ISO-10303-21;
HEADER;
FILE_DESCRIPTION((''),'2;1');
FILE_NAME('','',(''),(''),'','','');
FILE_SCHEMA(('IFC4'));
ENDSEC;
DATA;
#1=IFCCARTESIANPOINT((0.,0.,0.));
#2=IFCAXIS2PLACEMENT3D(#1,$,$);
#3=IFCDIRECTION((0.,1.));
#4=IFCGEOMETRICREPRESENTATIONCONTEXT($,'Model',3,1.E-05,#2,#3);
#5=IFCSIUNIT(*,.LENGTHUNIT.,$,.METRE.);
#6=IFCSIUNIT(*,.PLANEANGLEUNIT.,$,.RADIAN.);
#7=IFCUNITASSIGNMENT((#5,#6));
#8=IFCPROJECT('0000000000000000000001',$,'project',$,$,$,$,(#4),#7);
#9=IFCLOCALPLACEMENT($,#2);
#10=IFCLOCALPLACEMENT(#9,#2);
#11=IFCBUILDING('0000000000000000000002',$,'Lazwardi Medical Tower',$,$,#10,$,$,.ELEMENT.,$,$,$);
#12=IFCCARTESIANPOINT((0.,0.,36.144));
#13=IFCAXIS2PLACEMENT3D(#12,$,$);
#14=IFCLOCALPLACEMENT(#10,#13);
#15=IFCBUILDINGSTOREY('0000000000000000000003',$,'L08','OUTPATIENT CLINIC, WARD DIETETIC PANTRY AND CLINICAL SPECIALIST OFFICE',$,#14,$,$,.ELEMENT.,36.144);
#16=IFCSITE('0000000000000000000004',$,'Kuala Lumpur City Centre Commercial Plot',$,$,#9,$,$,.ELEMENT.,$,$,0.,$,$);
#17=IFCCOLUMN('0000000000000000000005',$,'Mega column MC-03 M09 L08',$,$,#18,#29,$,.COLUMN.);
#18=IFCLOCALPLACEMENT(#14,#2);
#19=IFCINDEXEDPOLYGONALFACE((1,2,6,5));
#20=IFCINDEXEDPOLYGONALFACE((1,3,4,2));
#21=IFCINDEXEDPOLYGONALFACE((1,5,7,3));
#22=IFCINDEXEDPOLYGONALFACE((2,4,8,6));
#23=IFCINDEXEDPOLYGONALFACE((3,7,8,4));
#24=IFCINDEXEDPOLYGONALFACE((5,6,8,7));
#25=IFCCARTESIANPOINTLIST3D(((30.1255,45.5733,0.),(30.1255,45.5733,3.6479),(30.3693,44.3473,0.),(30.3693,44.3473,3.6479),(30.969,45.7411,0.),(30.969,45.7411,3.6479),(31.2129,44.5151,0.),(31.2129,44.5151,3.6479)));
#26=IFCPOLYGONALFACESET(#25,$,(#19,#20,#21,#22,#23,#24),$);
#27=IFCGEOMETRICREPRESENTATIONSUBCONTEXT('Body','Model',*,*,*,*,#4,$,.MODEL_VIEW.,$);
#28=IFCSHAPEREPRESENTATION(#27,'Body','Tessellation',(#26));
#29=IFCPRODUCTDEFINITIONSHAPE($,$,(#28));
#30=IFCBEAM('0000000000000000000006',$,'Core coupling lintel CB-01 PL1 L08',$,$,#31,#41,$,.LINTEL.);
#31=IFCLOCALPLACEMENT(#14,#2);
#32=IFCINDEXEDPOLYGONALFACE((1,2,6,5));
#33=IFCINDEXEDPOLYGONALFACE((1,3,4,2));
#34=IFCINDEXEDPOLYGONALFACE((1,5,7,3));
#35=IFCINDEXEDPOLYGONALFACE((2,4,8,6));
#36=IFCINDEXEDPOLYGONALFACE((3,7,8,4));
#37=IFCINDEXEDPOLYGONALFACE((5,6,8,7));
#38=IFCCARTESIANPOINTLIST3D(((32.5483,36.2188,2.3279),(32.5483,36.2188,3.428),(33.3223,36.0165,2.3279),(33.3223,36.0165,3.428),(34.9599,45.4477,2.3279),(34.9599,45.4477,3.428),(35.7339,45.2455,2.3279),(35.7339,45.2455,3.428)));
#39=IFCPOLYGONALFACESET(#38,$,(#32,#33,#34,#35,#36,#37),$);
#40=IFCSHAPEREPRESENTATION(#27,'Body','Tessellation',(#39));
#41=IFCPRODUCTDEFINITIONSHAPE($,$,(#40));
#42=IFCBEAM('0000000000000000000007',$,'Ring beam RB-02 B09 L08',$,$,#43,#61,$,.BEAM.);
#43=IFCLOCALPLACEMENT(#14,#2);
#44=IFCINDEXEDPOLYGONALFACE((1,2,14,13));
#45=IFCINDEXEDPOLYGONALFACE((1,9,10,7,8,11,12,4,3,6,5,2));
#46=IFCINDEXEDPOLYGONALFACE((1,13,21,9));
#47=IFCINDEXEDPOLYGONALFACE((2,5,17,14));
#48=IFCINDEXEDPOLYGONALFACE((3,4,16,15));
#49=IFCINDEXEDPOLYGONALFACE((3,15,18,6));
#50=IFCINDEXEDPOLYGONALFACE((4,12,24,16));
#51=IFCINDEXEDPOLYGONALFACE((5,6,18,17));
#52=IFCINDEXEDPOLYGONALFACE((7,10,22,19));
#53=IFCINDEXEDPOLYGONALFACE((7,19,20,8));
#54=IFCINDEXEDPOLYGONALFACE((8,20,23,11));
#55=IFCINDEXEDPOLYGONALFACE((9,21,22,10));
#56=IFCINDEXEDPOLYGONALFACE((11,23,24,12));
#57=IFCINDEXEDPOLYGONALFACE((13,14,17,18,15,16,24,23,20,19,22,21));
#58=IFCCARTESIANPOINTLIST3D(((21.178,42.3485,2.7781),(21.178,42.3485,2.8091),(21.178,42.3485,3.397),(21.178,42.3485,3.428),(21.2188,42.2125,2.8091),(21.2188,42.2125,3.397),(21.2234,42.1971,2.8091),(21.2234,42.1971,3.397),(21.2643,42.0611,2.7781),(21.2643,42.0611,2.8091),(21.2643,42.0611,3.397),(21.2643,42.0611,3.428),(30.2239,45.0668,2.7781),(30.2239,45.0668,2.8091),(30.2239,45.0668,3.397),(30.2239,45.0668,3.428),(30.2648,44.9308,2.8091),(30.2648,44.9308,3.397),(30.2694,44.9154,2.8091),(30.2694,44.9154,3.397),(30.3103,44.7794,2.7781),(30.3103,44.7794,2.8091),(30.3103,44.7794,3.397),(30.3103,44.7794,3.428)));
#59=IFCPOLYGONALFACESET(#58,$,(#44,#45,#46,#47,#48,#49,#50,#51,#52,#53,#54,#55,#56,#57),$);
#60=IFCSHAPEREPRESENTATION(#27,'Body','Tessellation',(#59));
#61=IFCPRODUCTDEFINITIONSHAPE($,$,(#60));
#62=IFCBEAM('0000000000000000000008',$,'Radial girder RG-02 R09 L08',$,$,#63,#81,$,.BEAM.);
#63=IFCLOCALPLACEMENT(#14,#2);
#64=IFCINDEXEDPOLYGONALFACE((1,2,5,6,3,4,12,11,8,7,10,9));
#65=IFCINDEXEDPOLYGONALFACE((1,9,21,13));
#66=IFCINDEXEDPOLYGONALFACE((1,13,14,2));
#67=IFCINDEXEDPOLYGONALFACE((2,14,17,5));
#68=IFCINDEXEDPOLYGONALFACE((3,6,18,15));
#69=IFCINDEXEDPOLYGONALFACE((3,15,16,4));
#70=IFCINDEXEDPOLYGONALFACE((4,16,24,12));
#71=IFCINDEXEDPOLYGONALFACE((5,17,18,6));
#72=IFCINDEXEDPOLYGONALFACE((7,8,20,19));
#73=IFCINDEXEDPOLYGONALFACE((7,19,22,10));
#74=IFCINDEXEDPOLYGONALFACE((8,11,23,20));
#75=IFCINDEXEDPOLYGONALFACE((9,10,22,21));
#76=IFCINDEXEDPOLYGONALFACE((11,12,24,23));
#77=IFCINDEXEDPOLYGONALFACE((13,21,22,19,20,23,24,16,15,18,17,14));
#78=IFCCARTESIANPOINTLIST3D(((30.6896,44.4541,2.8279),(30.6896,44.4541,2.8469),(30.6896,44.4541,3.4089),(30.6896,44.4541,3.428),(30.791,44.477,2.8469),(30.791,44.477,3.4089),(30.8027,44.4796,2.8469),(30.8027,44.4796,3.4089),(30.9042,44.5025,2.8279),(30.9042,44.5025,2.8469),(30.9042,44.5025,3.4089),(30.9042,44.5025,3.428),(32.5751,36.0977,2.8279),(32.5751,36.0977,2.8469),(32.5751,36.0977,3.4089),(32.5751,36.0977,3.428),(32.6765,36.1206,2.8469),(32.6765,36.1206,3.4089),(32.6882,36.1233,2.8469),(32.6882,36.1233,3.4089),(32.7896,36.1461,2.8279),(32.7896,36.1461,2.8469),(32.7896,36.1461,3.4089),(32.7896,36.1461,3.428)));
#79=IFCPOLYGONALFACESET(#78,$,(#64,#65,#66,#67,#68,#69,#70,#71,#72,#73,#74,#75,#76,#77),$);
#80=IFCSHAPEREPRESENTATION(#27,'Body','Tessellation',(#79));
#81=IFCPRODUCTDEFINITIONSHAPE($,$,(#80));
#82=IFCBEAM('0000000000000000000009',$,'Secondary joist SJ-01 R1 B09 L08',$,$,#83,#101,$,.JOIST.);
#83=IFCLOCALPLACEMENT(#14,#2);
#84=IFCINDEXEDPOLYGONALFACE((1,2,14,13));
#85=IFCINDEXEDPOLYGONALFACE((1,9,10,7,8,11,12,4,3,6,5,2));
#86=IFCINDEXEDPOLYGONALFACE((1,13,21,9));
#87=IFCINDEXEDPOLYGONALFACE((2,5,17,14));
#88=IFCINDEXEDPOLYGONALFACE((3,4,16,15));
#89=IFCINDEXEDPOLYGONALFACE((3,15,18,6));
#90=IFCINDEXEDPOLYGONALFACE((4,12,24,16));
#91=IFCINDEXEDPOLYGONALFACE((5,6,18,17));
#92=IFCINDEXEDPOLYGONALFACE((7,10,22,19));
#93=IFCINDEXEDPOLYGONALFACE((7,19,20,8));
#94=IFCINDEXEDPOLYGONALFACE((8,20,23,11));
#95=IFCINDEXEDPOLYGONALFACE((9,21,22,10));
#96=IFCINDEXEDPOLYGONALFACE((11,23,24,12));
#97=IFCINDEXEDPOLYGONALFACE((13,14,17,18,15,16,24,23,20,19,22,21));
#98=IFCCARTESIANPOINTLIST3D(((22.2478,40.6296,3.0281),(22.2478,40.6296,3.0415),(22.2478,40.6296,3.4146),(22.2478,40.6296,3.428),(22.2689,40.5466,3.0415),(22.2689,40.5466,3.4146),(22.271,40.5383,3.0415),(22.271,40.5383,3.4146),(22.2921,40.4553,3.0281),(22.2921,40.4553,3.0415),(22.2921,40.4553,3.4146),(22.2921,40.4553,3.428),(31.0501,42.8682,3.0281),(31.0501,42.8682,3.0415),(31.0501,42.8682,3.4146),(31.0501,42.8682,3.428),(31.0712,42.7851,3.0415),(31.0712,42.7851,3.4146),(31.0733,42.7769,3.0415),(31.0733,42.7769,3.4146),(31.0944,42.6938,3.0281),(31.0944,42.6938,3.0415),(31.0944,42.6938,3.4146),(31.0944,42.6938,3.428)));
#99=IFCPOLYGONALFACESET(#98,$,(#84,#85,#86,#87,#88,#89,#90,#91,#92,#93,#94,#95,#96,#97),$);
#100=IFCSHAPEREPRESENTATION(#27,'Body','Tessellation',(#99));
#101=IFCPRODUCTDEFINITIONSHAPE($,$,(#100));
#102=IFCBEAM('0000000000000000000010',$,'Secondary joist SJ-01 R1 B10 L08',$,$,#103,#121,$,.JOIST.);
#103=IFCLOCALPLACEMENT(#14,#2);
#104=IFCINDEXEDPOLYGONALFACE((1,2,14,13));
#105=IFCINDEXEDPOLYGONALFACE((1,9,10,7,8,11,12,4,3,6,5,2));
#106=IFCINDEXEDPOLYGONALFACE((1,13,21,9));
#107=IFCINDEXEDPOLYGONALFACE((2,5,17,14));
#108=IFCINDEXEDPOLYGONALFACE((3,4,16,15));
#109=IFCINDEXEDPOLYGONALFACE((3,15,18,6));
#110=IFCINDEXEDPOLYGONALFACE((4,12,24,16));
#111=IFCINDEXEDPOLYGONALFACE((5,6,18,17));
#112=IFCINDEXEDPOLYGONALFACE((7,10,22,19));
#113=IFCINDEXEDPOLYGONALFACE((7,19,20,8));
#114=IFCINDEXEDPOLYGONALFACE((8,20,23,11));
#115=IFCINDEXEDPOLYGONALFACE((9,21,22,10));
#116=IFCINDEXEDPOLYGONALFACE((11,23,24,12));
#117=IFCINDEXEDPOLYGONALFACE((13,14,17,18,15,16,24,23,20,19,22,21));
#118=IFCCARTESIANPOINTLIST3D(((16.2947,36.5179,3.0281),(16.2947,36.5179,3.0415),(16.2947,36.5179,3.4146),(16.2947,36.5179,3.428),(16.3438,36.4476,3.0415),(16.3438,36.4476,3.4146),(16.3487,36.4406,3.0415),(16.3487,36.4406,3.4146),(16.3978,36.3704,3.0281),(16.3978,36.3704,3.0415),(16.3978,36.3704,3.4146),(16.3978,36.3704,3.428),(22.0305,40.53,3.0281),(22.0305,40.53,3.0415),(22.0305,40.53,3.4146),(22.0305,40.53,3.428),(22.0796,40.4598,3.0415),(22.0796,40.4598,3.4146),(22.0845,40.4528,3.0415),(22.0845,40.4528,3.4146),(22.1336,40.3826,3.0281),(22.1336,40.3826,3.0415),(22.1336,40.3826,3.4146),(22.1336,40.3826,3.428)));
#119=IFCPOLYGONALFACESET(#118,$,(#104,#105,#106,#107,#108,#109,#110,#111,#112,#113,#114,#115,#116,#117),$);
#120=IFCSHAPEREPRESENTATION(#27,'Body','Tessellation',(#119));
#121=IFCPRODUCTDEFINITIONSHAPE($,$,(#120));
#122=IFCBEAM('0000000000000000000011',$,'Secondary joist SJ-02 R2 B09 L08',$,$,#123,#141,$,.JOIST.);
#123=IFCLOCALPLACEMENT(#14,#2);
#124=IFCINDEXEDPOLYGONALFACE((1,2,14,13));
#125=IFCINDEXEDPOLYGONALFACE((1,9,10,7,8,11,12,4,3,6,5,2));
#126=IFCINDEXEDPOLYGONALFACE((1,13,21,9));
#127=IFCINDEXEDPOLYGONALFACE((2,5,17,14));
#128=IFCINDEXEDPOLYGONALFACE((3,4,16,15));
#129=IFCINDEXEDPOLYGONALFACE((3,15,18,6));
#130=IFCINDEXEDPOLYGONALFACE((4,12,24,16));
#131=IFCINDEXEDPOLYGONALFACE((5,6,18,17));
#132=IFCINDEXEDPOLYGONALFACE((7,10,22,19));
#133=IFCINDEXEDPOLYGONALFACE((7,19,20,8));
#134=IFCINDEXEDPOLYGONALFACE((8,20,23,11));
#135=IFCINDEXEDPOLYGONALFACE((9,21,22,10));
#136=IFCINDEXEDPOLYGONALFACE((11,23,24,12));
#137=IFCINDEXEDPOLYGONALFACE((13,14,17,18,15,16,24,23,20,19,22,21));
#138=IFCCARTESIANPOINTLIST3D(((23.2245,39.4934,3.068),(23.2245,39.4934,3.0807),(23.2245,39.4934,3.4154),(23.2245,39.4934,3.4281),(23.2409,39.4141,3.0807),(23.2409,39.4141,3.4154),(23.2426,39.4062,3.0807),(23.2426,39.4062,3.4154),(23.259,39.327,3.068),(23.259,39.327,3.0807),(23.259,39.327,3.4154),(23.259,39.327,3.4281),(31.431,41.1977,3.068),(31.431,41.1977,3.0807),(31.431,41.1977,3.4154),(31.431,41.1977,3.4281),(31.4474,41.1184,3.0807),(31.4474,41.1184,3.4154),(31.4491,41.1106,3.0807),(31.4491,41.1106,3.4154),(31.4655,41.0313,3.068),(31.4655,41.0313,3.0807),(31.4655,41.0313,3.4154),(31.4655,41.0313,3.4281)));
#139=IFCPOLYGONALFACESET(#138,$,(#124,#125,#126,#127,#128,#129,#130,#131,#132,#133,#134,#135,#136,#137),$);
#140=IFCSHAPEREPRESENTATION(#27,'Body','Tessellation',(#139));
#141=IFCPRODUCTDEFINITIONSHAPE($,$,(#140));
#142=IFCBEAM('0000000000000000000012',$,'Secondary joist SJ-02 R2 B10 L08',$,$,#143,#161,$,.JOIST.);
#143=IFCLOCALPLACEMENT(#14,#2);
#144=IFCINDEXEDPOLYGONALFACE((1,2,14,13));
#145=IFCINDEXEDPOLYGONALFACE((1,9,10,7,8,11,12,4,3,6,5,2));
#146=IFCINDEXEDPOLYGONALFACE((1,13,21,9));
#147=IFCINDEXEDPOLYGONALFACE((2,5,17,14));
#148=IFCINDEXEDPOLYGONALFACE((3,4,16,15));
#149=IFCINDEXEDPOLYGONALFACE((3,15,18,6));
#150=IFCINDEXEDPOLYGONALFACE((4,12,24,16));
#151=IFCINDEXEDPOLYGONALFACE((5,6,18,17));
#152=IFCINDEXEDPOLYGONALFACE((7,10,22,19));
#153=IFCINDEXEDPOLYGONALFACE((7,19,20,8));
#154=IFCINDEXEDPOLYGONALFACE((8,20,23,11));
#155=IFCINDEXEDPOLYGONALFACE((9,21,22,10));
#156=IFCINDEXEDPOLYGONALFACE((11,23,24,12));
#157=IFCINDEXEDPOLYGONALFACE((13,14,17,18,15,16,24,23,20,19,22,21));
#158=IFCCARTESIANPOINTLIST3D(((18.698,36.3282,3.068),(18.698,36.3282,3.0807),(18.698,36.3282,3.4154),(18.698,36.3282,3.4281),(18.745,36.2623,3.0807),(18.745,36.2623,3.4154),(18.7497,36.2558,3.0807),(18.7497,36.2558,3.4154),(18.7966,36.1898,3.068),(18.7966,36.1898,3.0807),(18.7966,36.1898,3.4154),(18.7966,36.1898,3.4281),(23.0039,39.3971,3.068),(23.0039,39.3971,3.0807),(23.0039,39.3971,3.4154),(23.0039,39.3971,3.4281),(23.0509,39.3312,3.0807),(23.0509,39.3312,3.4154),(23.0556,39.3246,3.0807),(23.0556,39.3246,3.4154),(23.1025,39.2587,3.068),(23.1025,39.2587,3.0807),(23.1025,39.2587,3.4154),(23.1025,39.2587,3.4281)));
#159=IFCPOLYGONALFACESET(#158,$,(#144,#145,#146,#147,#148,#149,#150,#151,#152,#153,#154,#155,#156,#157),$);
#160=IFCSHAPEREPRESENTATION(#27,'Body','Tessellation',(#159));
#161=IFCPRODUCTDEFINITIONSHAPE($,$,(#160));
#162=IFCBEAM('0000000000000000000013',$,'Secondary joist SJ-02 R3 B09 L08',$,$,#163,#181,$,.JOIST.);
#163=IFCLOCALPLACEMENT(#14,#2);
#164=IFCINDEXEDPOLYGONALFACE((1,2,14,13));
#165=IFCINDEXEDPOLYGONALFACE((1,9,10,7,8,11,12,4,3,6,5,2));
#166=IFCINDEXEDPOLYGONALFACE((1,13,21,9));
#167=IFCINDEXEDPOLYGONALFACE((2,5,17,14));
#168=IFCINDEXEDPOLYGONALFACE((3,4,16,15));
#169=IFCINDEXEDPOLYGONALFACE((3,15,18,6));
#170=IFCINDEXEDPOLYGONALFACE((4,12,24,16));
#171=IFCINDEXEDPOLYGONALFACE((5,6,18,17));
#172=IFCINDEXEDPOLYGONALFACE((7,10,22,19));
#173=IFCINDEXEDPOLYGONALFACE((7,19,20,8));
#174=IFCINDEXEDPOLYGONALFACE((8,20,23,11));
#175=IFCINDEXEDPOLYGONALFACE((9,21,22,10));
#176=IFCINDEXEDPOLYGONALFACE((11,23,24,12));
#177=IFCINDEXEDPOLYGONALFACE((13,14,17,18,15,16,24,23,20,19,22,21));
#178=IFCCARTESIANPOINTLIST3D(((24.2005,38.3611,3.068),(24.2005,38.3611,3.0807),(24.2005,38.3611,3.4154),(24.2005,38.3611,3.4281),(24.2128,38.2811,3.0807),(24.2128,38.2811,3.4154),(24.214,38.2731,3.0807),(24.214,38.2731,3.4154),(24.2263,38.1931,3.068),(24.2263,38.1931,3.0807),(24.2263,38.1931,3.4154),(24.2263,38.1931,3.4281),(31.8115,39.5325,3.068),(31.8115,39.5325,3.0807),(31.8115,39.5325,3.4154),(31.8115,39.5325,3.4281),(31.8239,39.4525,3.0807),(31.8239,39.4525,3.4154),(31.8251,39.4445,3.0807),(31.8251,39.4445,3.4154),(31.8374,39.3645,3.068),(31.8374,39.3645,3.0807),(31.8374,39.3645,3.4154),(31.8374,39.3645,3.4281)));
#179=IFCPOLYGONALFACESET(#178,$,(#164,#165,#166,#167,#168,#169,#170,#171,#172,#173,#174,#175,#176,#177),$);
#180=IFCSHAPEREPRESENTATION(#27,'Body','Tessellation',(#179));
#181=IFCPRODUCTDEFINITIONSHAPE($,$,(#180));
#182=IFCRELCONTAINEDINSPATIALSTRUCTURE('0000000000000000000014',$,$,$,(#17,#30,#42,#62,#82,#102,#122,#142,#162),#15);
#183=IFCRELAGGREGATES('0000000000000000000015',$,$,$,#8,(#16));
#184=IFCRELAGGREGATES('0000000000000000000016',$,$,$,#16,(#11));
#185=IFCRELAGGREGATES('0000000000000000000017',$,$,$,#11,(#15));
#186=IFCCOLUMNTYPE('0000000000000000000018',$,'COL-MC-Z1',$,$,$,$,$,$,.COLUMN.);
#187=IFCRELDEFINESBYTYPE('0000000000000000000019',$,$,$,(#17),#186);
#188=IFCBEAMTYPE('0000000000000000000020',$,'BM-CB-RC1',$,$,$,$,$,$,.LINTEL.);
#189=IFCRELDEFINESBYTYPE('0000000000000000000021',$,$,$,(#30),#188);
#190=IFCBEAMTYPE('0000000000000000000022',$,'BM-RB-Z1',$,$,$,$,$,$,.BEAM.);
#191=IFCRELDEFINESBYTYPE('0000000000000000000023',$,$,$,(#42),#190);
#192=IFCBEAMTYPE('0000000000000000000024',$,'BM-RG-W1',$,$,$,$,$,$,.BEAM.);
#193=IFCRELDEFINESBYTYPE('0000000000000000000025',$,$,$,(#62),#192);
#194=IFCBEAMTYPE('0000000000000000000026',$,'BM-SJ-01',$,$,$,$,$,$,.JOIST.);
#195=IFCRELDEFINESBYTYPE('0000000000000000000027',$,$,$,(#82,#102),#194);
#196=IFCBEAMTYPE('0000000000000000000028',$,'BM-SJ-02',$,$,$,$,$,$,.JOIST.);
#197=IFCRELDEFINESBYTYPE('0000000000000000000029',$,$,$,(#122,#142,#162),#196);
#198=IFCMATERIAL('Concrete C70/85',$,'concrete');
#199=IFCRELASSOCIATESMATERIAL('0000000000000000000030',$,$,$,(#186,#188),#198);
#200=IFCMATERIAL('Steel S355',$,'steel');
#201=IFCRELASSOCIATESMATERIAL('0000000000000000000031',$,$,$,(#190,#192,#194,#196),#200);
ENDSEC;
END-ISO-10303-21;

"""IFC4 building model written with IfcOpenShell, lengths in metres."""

from ifc_helpers import new_model, si_unit, direction, frame, origin, origin_2d, place, context, subcontext, project, spatial, rectangle, i_section, extrude, material, material_profile, profile_set, type_object, element, save


model = new_model("IFC4")

# Units and contexts
model_context = context("Model", 3, precision=1e-05, world=origin(), true_north=direction((0.0, 1.0)))
body_context = subcontext(model_context, "Body", "Model", "MODEL_VIEW")
ifc_project = project(units=[si_unit("LENGTHUNIT", "METRE"), si_unit("PLANEANGLEUNIT", "RADIAN")], contexts=[model_context])

# Site, building, storey
site_placement = place(None, origin())
site = spatial("IfcSite", under=ifc_project, at=site_placement, Name="Kuala Lumpur City Centre Commercial Plot", CompositionType="ELEMENT", RefElevation=0.0)
building_placement = place(site_placement, origin())
building = spatial("IfcBuilding", under=site, at=building_placement, Name="Lazwardi Medical Tower", CompositionType="ELEMENT")
storey_placement = place(building_placement, frame((0.0, 0.0, 36.144)))
storey = spatial("IfcBuildingStorey", under=building, at=storey_placement, Name="L08", Description="OUTPATIENT CLINIC, WARD DIETETIC PANTRY AND CLINICAL SPECIALIST OFFICE", CompositionType="ELEMENT", Elevation=36.144)

# Column
ifc_material_1 = material(Name="Concrete C70/85", Category="concrete")
ifc_material_profile_1 = material_profile(ifc_material_1, rectangle(XDim=1.25, YDim=0.8601, at=origin_2d()), Name="CFT-RECT 1250x860")
ifc_profile_set_1 = profile_set([ifc_material_profile_1], Name="Concrete C70/85")
column_type = type_object("IfcColumnType", Name="COL-MC-Z1", PredefinedType="COLUMN", material=ifc_profile_set_1)
column_placement = place(storey_placement, frame((30.6692, 45.0442, 0.0), z_axis=(0.0, 0.0, 1.0), x_axis=(-0.19509, 0.980785, 0.0)))
element("IfcColumn", 1, at=column_placement, inside=storey, type_object=column_type, Name="Mega column MC-03 M09 L08", PredefinedType="COLUMN", context=body_context, shape_type="SweptSolid", body=[
    extrude(rectangle(XDim=1.25, YDim=0.8601, at=origin_2d()), origin(), (0.0, 0.0, 1.0), 3.6479),
])

# Beams
ifc_material_profile_2 = material_profile(ifc_material_1, rectangle(XDim=0.8, YDim=1.1001, at=origin_2d()), Name="RC 800x1100")
ifc_profile_set_2 = profile_set([ifc_material_profile_2], Name="Concrete C70/85")
beam_type_1 = type_object("IfcBeamType", Name="BM-CB-RC1", PredefinedType="LINTEL", material=ifc_profile_set_2)
beam_1_placement = place(storey_placement, frame((32.9353, 36.1177, 2.8779), z_axis=(0.25282, 0.967513, 0.0), x_axis=(-0.967513, 0.25282, 0.0)))
element("IfcBeam", 2, at=beam_1_placement, inside=storey, type_object=beam_type_1, Name="Core coupling lintel CB-01 PL1 L08", PredefinedType="LINTEL", context=body_context, shape_type="SweptSolid", body=[
    extrude(rectangle(XDim=0.8, YDim=1.1001, at=origin_2d()), origin(), (0.0, 0.0, 1.0), 9.5388),
])
ifc_material_2 = material(Name="Steel S355", Category="steel")
ifc_material_profile_3 = material_profile(ifc_material_2, i_section(OverallWidth=0.3, OverallDepth=0.6499, WebThickness=0.0161, FlangeThickness=0.031, at=origin_2d()), Name="HEB 650")
ifc_profile_set_3 = profile_set([ifc_material_profile_3], Name="Steel S355")
beam_type_2 = type_object("IfcBeamType", Name="BM-RB-Z1", PredefinedType="BEAM", material=ifc_profile_set_3)
beam_2_placement = place(storey_placement, frame((30.2671, 44.9231, 3.103), z_axis=(-0.957695, -0.287784, 0.0), x_axis=(0.287784, -0.957695, 0.0)))
element("IfcBeam", 3, at=beam_2_placement, inside=storey, type_object=beam_type_2, Name="Ring beam RB-02 B09 L08", PredefinedType="BEAM", context=body_context, shape_type="SweptSolid", body=[
    extrude(i_section(OverallWidth=0.3, OverallDepth=0.6499, WebThickness=0.0161, FlangeThickness=0.031, at=origin_2d()), origin(), (0.0, 0.0, 1.0), 9.4456),
])
ifc_material_profile_4 = material_profile(ifc_material_2, i_section(OverallWidth=0.22, OverallDepth=0.6001, WebThickness=0.012, FlangeThickness=0.019, at=origin_2d()), Name="IPE 600")
ifc_profile_set_4 = profile_set([ifc_material_profile_4], Name="Steel S355")
beam_type_3 = type_object("IfcBeamType", Name="BM-RG-W1", PredefinedType="BEAM", material=ifc_profile_set_4)
beam_3_placement = place(storey_placement, frame((30.7969, 44.4783, 3.1279), z_axis=(0.220101, -0.975477, 0.0), x_axis=(0.975477, 0.220101, 0.0)))
element("IfcBeam", 4, at=beam_3_placement, inside=storey, type_object=beam_type_3, Name="Radial girder RG-02 R09 L08", PredefinedType="BEAM", context=body_context, shape_type="SweptSolid", body=[
    extrude(i_section(OverallWidth=0.22, OverallDepth=0.6001, WebThickness=0.012, FlangeThickness=0.019, at=origin_2d()), origin(), (0.0, 0.0, 1.0), 8.5664),
])
ifc_material_profile_5 = material_profile(ifc_material_2, i_section(OverallWidth=0.1799, OverallDepth=0.3999, WebThickness=0.0085, FlangeThickness=0.0134, at=origin_2d()), Name="IPE 400")
ifc_profile_set_5 = profile_set([ifc_material_profile_5], Name="Steel S355")
beam_type_4 = type_object("IfcBeamType", Name="BM-SJ-01", PredefinedType="JOIST", material=ifc_profile_set_5)
beam_4_placement = place(storey_placement, frame((31.0723, 42.781, 3.228), z_axis=(-0.969151, -0.246468, 0.0), x_axis=(0.246468, -0.969151, 0.0)))
element("IfcBeam", 5, at=beam_4_placement, inside=storey, type_object=beam_type_4, Name="Secondary joist SJ-01 R1 B09 L08", PredefinedType="JOIST", context=body_context, shape_type="SweptSolid", body=[
    extrude(i_section(OverallWidth=0.1799, OverallDepth=0.3999, WebThickness=0.0085, FlangeThickness=0.0134, at=origin_2d()), origin(), (0.0, 0.0, 1.0), 9.0825),
])
beam_5_placement = place(storey_placement, frame((22.082, 40.4563, 3.228), z_axis=(-0.819425, -0.573186, 0.0), x_axis=(0.573186, -0.819425, 0.0)))
element("IfcBeam", 6, at=beam_5_placement, inside=storey, type_object=beam_type_4, Name="Secondary joist SJ-01 R1 B10 L08", PredefinedType="JOIST", context=body_context, shape_type="SweptSolid", body=[
    extrude(i_section(OverallWidth=0.1799, OverallDepth=0.3999, WebThickness=0.0085, FlangeThickness=0.0134, at=origin_2d()), origin(), (0.0, 0.0, 1.0), 6.9998),
])
ifc_material_profile_6 = material_profile(ifc_material_2, i_section(OverallWidth=0.1699, OverallDepth=0.3601, WebThickness=0.0081, FlangeThickness=0.0127, at=origin_2d()), Name="IPE 360")
ifc_profile_set_6 = profile_set([ifc_material_profile_6], Name="Steel S355")
beam_type_5 = type_object("IfcBeamType", Name="BM-SJ-02", PredefinedType="JOIST", material=ifc_profile_set_6)
beam_6_placement = place(storey_placement, frame((31.4482, 41.1145, 3.248), z_axis=(-0.979108, -0.203342, 0.0), x_axis=(0.203342, -0.979108, 0.0)))
element("IfcBeam", 7, at=beam_6_placement, inside=storey, type_object=beam_type_5, Name="Secondary joist SJ-02 R2 B09 L08", PredefinedType="JOIST", context=body_context, shape_type="SweptSolid", body=[
    extrude(i_section(OverallWidth=0.1699, OverallDepth=0.3601, WebThickness=0.0081, FlangeThickness=0.0127, at=origin_2d()), origin(), (0.0, 0.0, 1.0), 8.3816),
])
beam_7_placement = place(storey_placement, frame((23.0532, 39.3279, 3.248), z_axis=(-0.814341, -0.580386, 0.0), x_axis=(0.580386, -0.814341, 0.0)))
element("IfcBeam", 8, at=beam_7_placement, inside=storey, type_object=beam_type_5, Name="Secondary joist SJ-02 R2 B10 L08", PredefinedType="JOIST", context=body_context, shape_type="SweptSolid", body=[
    extrude(i_section(OverallWidth=0.1699, OverallDepth=0.3601, WebThickness=0.0081, FlangeThickness=0.0127, at=origin_2d()), origin(), (0.0, 0.0, 1.0), 5.2876),
])
beam_8_placement = place(storey_placement, frame((31.8245, 39.4485, 3.248), z_axis=(-0.988363, -0.152114, 0.0), x_axis=(0.152114, -0.988363, 0.0)))
element("IfcBeam", 9, at=beam_8_placement, inside=storey, type_object=beam_type_5, Name="Secondary joist SJ-02 R3 B09 L08", PredefinedType="JOIST", context=body_context, shape_type="SweptSolid", body=[
    extrude(i_section(OverallWidth=0.1699, OverallDepth=0.3601, WebThickness=0.0081, FlangeThickness=0.0127, at=origin_2d()), origin(), (0.0, 0.0, 1.0), 7.7007),
])

save(model, "model.ifc")
